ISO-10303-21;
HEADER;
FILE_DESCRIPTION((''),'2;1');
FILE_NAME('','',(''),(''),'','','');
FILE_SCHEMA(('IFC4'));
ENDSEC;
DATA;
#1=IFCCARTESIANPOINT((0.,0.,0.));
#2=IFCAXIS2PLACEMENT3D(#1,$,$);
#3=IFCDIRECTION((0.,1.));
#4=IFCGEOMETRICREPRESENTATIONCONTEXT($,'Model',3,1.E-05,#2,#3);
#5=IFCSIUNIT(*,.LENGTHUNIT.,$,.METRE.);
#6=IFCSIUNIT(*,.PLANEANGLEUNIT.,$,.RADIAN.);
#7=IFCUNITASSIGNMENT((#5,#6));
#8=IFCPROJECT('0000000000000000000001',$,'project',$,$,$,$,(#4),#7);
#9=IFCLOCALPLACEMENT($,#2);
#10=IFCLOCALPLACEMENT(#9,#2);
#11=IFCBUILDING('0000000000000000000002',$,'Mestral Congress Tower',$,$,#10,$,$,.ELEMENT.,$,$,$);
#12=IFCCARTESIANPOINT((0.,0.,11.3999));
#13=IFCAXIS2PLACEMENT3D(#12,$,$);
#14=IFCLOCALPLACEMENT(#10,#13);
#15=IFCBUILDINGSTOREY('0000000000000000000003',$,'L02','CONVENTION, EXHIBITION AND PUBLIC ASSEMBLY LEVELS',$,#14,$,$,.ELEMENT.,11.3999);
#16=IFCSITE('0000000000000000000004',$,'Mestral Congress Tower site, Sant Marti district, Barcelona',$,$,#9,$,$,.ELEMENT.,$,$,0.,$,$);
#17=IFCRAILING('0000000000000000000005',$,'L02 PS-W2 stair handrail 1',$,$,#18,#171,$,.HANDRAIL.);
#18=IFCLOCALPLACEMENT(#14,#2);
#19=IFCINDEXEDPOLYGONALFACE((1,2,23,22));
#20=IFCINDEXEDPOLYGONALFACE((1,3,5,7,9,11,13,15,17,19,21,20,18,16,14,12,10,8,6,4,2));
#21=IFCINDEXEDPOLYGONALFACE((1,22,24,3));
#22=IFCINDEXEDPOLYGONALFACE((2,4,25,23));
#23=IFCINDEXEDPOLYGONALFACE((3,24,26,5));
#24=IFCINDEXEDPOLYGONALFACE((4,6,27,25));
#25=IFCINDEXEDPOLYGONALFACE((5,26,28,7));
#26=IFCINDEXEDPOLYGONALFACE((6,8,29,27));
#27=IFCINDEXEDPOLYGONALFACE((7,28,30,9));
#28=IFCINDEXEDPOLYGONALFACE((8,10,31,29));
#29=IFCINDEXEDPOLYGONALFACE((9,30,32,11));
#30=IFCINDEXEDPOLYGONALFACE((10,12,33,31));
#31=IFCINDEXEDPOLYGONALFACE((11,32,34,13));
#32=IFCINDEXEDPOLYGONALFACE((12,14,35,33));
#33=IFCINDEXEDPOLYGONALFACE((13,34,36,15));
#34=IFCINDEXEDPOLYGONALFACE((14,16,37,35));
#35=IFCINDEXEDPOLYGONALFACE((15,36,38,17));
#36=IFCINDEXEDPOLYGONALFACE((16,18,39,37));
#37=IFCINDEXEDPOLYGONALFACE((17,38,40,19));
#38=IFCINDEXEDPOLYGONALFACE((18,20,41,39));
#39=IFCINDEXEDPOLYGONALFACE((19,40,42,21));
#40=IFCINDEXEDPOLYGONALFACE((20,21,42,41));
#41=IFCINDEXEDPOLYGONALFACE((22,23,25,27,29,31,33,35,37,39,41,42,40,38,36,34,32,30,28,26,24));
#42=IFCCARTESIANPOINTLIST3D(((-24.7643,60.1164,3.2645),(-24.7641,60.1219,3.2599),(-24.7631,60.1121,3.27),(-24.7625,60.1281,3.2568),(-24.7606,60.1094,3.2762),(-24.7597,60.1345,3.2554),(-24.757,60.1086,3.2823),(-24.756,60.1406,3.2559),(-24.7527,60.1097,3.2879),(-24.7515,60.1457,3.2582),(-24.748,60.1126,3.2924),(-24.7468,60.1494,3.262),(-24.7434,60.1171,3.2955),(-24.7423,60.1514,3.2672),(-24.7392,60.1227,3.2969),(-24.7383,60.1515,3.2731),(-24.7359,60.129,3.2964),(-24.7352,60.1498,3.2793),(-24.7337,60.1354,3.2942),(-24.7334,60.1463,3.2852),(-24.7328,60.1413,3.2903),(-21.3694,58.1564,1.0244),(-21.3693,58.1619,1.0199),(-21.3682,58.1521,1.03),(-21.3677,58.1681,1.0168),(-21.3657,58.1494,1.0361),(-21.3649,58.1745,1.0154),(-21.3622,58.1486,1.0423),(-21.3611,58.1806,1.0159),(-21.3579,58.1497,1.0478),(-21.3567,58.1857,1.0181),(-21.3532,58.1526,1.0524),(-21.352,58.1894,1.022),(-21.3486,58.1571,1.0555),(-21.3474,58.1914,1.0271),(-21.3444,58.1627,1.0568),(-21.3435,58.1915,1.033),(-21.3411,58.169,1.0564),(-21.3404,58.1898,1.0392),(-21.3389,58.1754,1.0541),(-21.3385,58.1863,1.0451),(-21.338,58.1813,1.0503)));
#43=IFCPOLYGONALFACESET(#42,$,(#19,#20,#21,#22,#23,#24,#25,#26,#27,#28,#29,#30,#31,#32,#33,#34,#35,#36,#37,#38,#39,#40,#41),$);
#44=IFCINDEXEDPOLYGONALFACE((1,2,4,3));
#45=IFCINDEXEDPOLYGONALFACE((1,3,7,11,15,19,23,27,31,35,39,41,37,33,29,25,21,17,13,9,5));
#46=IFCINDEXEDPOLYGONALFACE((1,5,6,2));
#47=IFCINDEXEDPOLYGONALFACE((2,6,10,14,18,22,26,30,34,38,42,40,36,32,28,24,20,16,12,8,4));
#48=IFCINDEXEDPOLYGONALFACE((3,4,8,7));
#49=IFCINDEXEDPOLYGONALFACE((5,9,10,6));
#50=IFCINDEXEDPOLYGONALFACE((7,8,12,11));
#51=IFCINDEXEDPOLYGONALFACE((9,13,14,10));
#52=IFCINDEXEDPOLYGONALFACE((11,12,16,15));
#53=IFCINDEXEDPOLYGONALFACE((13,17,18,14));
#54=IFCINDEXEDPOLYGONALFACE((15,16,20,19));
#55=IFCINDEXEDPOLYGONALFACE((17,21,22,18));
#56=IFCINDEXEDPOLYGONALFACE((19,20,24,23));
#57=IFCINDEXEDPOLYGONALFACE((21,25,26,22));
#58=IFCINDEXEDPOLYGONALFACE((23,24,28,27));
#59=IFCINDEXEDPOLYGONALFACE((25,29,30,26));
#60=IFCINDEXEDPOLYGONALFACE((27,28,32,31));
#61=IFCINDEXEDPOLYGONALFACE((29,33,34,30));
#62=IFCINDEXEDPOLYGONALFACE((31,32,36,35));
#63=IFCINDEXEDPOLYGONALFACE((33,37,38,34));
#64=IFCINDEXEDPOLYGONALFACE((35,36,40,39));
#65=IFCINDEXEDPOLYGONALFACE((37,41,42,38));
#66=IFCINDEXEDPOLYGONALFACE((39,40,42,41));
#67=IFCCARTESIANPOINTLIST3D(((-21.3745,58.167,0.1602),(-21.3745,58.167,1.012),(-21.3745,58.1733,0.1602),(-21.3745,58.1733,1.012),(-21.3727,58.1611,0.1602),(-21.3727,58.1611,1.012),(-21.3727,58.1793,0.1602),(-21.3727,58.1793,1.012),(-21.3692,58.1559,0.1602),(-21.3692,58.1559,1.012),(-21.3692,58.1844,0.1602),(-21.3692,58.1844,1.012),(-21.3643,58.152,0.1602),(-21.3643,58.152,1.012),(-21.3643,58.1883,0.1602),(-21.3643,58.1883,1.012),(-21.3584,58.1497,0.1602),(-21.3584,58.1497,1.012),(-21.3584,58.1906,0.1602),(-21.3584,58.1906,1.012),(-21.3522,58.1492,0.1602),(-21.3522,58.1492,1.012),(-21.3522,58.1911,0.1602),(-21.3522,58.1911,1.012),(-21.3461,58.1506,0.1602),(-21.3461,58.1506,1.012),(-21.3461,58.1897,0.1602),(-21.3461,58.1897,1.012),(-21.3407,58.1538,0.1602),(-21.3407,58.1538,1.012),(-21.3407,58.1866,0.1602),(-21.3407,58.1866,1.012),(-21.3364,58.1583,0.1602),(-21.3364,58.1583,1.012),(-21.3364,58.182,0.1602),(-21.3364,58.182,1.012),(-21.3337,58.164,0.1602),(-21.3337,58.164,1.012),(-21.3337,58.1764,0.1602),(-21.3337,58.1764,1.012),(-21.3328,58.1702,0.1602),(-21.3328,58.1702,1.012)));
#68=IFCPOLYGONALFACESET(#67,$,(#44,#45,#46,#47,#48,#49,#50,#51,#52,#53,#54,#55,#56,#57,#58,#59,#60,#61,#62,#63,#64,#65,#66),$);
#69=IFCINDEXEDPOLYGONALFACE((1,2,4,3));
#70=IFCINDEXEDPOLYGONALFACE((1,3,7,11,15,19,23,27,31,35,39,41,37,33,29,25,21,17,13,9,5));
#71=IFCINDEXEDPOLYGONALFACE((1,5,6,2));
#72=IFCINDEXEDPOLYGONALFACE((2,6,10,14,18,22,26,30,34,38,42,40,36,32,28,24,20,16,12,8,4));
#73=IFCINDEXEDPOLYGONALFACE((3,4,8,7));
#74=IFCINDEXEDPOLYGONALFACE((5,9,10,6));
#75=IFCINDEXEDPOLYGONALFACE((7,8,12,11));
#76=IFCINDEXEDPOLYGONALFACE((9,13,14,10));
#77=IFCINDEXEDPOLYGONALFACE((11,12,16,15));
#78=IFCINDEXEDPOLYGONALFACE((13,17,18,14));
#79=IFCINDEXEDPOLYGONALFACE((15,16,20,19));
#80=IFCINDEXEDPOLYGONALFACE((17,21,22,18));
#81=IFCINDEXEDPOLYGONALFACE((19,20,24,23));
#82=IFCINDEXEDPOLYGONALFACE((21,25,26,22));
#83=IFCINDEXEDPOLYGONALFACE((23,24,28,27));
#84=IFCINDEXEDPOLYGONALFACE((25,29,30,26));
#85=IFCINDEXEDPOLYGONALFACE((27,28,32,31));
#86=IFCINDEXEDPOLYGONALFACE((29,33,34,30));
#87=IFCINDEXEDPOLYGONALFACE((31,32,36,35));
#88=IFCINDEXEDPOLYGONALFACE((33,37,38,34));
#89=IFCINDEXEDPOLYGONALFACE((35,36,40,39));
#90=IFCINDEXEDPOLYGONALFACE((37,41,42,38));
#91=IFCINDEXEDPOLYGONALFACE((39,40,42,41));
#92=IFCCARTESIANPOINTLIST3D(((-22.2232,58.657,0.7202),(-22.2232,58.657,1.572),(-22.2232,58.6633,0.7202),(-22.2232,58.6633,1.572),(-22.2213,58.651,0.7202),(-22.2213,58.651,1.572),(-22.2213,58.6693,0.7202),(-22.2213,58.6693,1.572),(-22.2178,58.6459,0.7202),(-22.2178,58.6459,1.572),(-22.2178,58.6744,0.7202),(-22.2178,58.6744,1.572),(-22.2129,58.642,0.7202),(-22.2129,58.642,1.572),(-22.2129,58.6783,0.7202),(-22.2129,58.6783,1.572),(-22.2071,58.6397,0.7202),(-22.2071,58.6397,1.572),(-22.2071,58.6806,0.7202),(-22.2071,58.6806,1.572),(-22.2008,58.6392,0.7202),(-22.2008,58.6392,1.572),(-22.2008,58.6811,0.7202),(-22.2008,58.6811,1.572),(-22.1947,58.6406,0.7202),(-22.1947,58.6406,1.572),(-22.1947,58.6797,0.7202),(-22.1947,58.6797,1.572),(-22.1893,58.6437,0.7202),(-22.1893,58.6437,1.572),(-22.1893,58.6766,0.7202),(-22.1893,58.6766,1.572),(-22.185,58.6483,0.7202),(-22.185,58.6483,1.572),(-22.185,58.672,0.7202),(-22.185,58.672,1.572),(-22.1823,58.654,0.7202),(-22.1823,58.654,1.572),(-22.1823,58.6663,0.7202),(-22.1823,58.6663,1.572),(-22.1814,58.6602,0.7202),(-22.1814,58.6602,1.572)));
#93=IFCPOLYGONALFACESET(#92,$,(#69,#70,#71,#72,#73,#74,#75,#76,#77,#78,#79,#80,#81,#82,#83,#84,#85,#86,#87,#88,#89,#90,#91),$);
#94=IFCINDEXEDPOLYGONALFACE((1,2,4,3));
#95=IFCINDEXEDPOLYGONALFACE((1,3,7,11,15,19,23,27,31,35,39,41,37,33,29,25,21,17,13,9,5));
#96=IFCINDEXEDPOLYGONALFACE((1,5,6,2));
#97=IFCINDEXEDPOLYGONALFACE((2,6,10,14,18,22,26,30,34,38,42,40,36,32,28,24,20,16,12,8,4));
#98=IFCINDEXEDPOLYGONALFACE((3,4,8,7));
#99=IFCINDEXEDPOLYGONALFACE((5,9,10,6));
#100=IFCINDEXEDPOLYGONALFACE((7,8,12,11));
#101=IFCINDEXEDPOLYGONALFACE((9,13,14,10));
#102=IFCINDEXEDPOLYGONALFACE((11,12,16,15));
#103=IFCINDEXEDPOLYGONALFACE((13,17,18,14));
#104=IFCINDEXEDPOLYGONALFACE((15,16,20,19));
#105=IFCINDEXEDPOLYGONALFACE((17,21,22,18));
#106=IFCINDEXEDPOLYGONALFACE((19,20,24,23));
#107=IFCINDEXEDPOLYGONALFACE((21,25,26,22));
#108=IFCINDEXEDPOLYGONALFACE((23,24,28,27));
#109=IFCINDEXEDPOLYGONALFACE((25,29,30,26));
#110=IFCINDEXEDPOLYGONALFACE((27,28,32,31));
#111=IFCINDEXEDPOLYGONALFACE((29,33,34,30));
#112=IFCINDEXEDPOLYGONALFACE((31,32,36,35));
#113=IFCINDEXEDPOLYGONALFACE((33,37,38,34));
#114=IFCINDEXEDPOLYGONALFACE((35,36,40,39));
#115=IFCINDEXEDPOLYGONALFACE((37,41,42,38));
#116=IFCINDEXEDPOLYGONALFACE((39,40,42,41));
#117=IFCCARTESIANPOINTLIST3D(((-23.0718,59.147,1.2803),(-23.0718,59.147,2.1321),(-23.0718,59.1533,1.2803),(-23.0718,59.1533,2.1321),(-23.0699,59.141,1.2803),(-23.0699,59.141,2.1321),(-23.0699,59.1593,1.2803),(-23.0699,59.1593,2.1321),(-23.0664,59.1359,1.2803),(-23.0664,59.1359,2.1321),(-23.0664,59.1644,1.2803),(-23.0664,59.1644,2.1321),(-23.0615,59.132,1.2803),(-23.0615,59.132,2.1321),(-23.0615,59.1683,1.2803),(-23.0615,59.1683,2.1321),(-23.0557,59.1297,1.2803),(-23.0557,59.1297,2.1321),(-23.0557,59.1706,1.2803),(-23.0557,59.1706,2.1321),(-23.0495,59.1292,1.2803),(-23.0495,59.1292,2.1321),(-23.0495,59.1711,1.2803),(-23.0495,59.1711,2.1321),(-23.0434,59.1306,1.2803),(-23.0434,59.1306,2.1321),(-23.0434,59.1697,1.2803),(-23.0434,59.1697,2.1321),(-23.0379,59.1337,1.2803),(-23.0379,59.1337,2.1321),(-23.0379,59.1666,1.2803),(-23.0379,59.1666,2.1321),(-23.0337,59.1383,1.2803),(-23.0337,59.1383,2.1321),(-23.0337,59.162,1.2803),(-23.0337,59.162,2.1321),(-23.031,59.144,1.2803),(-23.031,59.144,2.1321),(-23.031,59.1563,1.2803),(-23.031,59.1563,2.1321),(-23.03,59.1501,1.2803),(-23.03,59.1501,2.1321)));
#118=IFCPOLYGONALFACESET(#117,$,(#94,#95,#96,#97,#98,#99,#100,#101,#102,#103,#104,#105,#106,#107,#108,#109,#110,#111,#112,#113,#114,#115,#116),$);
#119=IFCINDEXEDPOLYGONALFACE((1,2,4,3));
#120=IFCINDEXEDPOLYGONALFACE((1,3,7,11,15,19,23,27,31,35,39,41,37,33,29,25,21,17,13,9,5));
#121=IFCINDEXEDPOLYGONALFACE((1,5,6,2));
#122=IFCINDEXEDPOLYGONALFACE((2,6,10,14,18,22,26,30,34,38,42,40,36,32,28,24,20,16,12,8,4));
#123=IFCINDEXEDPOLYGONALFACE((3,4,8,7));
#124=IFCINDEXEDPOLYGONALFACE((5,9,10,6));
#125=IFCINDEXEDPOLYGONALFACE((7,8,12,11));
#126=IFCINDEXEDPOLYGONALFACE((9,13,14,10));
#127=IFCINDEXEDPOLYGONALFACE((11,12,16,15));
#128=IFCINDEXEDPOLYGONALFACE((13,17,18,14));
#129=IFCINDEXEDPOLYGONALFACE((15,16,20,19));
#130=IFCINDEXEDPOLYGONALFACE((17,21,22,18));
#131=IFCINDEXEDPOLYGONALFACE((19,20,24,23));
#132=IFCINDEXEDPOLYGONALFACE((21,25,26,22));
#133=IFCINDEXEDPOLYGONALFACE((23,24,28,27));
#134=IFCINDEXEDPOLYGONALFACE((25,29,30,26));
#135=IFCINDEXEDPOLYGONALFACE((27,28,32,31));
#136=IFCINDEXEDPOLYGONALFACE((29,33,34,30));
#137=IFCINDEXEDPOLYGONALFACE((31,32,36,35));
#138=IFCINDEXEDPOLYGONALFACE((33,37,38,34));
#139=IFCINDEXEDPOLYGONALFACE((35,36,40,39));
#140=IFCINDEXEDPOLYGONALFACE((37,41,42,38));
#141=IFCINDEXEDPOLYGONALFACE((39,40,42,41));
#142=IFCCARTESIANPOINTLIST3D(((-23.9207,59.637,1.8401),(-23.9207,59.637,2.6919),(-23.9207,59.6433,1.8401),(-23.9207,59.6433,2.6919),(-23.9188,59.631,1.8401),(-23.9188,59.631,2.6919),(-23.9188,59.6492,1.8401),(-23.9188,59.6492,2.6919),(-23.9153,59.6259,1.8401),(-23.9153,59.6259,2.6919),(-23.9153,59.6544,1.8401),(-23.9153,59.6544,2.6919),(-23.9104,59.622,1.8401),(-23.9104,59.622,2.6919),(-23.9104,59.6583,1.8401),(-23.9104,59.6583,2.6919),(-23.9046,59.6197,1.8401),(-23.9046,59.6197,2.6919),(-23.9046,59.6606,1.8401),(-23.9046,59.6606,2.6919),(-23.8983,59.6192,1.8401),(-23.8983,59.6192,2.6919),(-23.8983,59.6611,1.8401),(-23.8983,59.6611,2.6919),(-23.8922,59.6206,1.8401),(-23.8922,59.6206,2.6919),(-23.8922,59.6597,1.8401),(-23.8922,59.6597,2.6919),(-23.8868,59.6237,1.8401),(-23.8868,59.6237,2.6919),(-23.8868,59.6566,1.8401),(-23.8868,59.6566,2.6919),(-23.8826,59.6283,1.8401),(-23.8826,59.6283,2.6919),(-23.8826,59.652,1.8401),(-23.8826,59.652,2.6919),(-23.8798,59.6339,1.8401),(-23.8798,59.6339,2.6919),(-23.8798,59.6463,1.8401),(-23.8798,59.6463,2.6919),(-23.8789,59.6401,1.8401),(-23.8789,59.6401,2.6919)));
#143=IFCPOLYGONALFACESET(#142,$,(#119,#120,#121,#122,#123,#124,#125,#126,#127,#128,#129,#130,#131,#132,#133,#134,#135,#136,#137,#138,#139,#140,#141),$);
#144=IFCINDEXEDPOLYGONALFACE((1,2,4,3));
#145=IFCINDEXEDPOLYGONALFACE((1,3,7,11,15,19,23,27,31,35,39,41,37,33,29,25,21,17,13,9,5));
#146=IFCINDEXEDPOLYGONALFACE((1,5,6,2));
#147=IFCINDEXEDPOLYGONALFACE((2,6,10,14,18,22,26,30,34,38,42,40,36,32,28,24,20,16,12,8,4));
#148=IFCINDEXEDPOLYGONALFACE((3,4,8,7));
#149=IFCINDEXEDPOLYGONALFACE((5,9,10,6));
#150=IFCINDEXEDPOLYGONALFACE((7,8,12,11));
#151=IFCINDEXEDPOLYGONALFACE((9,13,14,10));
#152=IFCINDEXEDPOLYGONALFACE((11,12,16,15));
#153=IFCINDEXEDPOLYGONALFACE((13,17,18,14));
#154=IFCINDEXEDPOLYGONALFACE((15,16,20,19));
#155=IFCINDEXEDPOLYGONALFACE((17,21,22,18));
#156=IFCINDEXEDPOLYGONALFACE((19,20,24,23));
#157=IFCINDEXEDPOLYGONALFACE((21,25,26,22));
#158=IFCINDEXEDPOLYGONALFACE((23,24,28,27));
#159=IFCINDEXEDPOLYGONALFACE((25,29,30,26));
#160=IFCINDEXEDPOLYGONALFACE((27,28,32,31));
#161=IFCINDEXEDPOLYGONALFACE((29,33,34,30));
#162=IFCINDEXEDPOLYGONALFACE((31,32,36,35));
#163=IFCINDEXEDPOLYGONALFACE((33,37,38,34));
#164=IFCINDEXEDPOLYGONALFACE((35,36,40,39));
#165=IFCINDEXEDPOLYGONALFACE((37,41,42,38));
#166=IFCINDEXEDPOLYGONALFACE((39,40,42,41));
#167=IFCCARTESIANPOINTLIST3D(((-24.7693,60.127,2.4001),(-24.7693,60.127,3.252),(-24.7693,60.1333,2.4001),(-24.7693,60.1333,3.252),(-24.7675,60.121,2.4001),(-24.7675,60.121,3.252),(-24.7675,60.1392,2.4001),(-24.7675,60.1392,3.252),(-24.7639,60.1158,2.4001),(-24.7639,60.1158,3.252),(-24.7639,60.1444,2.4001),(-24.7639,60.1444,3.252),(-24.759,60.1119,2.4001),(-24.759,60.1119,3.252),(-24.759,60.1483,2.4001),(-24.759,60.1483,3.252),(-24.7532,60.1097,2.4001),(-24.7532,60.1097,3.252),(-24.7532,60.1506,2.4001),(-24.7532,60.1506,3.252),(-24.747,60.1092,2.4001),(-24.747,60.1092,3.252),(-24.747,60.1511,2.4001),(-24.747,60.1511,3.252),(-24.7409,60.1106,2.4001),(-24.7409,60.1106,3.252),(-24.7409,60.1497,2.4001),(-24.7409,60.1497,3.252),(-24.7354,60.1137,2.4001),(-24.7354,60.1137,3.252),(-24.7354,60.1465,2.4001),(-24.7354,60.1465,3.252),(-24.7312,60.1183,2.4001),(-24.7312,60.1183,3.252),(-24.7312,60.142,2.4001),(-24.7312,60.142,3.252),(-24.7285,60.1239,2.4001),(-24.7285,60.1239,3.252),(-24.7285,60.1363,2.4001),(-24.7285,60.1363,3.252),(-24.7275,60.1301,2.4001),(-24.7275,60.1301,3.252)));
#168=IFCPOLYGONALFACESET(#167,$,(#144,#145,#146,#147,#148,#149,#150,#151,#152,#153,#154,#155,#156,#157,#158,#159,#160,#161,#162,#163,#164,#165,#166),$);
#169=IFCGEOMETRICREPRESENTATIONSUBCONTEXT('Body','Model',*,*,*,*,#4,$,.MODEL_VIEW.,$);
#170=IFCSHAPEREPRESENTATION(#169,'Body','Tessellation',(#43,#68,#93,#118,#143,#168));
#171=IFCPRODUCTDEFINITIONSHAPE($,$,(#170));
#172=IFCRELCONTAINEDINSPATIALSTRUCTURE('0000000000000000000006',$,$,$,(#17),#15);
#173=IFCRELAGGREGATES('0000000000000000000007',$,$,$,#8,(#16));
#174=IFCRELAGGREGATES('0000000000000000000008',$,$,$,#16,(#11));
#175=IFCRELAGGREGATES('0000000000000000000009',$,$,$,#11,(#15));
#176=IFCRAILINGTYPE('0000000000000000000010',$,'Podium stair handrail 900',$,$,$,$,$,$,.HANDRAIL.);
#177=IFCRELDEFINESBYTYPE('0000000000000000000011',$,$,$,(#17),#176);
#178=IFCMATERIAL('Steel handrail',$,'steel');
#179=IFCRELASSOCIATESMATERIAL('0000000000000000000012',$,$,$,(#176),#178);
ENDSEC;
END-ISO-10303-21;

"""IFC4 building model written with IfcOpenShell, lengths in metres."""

from ifc_helpers import new_model, si_unit, direction, frame, origin, origin_2d, place, context, subcontext, project, spatial, circle, extrude, material, type_object, element, save


model = new_model("IFC4")

# Units and contexts
model_context = context("Model", 3, precision=1e-05, world=origin(), true_north=direction((0.0, 1.0)))
body_context = subcontext(model_context, "Body", "Model", "MODEL_VIEW")
ifc_project = project(units=[si_unit("LENGTHUNIT", "METRE"), si_unit("PLANEANGLEUNIT", "RADIAN")], contexts=[model_context])

# Site, building, storey
site_placement = place(None, origin())
site = spatial("IfcSite", under=ifc_project, at=site_placement, Name="Mestral Congress Tower site, Sant Marti district, Barcelona", CompositionType="ELEMENT", RefElevation=0.0)
building_placement = place(site_placement, origin())
building = spatial("IfcBuilding", under=site, at=building_placement, Name="Mestral Congress Tower", CompositionType="ELEMENT")
storey_placement = place(building_placement, frame((0.0, 0.0, 11.3999)))
storey = spatial("IfcBuildingStorey", under=building, at=storey_placement, Name="L02", Description="CONVENTION, EXHIBITION AND PUBLIC ASSEMBLY LEVELS", CompositionType="ELEMENT", Elevation=11.3999)

# Railing
ifc_material_1 = material(Name="Steel handrail", Category="steel")
railing_type_1 = type_object("IfcRailingType", Name="Podium stair handrail 900", PredefinedType="HANDRAIL", material=ifc_material_1)
railing_1_placement = place(storey_placement, frame((-21.3538, 58.1702, 0.1602)))
element("IfcRailing", 1, at=railing_1_placement, inside=storey, type_object=railing_type_1, Name="L02 PS-W2 stair handrail 1", PredefinedType="HANDRAIL", context=body_context, shape_type="SweptSolid", body=[
    extrude(circle(Radius=0.0239, at=origin_2d()), frame((0.0, 0.0, 0.876), z_axis=(-0.75192, 0.434118, 0.496143), x_axis=(-0.499997, -0.866027, 0.0)), (0.0, 0.0, 1.0), 4.5149),
    extrude(circle(Radius=0.021, at=origin_2d()), origin(), (0.0, 0.0, 1.0), 0.8518),
    extrude(circle(Radius=0.021, at=origin_2d()), frame((-0.8486, 0.49, 0.5601)), (0.0, 0.0, 1.0), 0.8518),
    extrude(circle(Radius=0.021, at=origin_2d()), frame((-1.6973, 0.98, 1.1201)), (0.0, 0.0, 1.0), 0.8518),
    extrude(circle(Radius=0.021, at=origin_2d()), frame((-2.5461, 1.47, 1.6799)), (0.0, 0.0, 1.0), 0.8518),
    extrude(circle(Radius=0.021, at=origin_2d()), frame((-3.3948, 1.96, 2.24)), (0.0, 0.0, 1.0), 0.8518),
])

save(model, "model.ifc")
